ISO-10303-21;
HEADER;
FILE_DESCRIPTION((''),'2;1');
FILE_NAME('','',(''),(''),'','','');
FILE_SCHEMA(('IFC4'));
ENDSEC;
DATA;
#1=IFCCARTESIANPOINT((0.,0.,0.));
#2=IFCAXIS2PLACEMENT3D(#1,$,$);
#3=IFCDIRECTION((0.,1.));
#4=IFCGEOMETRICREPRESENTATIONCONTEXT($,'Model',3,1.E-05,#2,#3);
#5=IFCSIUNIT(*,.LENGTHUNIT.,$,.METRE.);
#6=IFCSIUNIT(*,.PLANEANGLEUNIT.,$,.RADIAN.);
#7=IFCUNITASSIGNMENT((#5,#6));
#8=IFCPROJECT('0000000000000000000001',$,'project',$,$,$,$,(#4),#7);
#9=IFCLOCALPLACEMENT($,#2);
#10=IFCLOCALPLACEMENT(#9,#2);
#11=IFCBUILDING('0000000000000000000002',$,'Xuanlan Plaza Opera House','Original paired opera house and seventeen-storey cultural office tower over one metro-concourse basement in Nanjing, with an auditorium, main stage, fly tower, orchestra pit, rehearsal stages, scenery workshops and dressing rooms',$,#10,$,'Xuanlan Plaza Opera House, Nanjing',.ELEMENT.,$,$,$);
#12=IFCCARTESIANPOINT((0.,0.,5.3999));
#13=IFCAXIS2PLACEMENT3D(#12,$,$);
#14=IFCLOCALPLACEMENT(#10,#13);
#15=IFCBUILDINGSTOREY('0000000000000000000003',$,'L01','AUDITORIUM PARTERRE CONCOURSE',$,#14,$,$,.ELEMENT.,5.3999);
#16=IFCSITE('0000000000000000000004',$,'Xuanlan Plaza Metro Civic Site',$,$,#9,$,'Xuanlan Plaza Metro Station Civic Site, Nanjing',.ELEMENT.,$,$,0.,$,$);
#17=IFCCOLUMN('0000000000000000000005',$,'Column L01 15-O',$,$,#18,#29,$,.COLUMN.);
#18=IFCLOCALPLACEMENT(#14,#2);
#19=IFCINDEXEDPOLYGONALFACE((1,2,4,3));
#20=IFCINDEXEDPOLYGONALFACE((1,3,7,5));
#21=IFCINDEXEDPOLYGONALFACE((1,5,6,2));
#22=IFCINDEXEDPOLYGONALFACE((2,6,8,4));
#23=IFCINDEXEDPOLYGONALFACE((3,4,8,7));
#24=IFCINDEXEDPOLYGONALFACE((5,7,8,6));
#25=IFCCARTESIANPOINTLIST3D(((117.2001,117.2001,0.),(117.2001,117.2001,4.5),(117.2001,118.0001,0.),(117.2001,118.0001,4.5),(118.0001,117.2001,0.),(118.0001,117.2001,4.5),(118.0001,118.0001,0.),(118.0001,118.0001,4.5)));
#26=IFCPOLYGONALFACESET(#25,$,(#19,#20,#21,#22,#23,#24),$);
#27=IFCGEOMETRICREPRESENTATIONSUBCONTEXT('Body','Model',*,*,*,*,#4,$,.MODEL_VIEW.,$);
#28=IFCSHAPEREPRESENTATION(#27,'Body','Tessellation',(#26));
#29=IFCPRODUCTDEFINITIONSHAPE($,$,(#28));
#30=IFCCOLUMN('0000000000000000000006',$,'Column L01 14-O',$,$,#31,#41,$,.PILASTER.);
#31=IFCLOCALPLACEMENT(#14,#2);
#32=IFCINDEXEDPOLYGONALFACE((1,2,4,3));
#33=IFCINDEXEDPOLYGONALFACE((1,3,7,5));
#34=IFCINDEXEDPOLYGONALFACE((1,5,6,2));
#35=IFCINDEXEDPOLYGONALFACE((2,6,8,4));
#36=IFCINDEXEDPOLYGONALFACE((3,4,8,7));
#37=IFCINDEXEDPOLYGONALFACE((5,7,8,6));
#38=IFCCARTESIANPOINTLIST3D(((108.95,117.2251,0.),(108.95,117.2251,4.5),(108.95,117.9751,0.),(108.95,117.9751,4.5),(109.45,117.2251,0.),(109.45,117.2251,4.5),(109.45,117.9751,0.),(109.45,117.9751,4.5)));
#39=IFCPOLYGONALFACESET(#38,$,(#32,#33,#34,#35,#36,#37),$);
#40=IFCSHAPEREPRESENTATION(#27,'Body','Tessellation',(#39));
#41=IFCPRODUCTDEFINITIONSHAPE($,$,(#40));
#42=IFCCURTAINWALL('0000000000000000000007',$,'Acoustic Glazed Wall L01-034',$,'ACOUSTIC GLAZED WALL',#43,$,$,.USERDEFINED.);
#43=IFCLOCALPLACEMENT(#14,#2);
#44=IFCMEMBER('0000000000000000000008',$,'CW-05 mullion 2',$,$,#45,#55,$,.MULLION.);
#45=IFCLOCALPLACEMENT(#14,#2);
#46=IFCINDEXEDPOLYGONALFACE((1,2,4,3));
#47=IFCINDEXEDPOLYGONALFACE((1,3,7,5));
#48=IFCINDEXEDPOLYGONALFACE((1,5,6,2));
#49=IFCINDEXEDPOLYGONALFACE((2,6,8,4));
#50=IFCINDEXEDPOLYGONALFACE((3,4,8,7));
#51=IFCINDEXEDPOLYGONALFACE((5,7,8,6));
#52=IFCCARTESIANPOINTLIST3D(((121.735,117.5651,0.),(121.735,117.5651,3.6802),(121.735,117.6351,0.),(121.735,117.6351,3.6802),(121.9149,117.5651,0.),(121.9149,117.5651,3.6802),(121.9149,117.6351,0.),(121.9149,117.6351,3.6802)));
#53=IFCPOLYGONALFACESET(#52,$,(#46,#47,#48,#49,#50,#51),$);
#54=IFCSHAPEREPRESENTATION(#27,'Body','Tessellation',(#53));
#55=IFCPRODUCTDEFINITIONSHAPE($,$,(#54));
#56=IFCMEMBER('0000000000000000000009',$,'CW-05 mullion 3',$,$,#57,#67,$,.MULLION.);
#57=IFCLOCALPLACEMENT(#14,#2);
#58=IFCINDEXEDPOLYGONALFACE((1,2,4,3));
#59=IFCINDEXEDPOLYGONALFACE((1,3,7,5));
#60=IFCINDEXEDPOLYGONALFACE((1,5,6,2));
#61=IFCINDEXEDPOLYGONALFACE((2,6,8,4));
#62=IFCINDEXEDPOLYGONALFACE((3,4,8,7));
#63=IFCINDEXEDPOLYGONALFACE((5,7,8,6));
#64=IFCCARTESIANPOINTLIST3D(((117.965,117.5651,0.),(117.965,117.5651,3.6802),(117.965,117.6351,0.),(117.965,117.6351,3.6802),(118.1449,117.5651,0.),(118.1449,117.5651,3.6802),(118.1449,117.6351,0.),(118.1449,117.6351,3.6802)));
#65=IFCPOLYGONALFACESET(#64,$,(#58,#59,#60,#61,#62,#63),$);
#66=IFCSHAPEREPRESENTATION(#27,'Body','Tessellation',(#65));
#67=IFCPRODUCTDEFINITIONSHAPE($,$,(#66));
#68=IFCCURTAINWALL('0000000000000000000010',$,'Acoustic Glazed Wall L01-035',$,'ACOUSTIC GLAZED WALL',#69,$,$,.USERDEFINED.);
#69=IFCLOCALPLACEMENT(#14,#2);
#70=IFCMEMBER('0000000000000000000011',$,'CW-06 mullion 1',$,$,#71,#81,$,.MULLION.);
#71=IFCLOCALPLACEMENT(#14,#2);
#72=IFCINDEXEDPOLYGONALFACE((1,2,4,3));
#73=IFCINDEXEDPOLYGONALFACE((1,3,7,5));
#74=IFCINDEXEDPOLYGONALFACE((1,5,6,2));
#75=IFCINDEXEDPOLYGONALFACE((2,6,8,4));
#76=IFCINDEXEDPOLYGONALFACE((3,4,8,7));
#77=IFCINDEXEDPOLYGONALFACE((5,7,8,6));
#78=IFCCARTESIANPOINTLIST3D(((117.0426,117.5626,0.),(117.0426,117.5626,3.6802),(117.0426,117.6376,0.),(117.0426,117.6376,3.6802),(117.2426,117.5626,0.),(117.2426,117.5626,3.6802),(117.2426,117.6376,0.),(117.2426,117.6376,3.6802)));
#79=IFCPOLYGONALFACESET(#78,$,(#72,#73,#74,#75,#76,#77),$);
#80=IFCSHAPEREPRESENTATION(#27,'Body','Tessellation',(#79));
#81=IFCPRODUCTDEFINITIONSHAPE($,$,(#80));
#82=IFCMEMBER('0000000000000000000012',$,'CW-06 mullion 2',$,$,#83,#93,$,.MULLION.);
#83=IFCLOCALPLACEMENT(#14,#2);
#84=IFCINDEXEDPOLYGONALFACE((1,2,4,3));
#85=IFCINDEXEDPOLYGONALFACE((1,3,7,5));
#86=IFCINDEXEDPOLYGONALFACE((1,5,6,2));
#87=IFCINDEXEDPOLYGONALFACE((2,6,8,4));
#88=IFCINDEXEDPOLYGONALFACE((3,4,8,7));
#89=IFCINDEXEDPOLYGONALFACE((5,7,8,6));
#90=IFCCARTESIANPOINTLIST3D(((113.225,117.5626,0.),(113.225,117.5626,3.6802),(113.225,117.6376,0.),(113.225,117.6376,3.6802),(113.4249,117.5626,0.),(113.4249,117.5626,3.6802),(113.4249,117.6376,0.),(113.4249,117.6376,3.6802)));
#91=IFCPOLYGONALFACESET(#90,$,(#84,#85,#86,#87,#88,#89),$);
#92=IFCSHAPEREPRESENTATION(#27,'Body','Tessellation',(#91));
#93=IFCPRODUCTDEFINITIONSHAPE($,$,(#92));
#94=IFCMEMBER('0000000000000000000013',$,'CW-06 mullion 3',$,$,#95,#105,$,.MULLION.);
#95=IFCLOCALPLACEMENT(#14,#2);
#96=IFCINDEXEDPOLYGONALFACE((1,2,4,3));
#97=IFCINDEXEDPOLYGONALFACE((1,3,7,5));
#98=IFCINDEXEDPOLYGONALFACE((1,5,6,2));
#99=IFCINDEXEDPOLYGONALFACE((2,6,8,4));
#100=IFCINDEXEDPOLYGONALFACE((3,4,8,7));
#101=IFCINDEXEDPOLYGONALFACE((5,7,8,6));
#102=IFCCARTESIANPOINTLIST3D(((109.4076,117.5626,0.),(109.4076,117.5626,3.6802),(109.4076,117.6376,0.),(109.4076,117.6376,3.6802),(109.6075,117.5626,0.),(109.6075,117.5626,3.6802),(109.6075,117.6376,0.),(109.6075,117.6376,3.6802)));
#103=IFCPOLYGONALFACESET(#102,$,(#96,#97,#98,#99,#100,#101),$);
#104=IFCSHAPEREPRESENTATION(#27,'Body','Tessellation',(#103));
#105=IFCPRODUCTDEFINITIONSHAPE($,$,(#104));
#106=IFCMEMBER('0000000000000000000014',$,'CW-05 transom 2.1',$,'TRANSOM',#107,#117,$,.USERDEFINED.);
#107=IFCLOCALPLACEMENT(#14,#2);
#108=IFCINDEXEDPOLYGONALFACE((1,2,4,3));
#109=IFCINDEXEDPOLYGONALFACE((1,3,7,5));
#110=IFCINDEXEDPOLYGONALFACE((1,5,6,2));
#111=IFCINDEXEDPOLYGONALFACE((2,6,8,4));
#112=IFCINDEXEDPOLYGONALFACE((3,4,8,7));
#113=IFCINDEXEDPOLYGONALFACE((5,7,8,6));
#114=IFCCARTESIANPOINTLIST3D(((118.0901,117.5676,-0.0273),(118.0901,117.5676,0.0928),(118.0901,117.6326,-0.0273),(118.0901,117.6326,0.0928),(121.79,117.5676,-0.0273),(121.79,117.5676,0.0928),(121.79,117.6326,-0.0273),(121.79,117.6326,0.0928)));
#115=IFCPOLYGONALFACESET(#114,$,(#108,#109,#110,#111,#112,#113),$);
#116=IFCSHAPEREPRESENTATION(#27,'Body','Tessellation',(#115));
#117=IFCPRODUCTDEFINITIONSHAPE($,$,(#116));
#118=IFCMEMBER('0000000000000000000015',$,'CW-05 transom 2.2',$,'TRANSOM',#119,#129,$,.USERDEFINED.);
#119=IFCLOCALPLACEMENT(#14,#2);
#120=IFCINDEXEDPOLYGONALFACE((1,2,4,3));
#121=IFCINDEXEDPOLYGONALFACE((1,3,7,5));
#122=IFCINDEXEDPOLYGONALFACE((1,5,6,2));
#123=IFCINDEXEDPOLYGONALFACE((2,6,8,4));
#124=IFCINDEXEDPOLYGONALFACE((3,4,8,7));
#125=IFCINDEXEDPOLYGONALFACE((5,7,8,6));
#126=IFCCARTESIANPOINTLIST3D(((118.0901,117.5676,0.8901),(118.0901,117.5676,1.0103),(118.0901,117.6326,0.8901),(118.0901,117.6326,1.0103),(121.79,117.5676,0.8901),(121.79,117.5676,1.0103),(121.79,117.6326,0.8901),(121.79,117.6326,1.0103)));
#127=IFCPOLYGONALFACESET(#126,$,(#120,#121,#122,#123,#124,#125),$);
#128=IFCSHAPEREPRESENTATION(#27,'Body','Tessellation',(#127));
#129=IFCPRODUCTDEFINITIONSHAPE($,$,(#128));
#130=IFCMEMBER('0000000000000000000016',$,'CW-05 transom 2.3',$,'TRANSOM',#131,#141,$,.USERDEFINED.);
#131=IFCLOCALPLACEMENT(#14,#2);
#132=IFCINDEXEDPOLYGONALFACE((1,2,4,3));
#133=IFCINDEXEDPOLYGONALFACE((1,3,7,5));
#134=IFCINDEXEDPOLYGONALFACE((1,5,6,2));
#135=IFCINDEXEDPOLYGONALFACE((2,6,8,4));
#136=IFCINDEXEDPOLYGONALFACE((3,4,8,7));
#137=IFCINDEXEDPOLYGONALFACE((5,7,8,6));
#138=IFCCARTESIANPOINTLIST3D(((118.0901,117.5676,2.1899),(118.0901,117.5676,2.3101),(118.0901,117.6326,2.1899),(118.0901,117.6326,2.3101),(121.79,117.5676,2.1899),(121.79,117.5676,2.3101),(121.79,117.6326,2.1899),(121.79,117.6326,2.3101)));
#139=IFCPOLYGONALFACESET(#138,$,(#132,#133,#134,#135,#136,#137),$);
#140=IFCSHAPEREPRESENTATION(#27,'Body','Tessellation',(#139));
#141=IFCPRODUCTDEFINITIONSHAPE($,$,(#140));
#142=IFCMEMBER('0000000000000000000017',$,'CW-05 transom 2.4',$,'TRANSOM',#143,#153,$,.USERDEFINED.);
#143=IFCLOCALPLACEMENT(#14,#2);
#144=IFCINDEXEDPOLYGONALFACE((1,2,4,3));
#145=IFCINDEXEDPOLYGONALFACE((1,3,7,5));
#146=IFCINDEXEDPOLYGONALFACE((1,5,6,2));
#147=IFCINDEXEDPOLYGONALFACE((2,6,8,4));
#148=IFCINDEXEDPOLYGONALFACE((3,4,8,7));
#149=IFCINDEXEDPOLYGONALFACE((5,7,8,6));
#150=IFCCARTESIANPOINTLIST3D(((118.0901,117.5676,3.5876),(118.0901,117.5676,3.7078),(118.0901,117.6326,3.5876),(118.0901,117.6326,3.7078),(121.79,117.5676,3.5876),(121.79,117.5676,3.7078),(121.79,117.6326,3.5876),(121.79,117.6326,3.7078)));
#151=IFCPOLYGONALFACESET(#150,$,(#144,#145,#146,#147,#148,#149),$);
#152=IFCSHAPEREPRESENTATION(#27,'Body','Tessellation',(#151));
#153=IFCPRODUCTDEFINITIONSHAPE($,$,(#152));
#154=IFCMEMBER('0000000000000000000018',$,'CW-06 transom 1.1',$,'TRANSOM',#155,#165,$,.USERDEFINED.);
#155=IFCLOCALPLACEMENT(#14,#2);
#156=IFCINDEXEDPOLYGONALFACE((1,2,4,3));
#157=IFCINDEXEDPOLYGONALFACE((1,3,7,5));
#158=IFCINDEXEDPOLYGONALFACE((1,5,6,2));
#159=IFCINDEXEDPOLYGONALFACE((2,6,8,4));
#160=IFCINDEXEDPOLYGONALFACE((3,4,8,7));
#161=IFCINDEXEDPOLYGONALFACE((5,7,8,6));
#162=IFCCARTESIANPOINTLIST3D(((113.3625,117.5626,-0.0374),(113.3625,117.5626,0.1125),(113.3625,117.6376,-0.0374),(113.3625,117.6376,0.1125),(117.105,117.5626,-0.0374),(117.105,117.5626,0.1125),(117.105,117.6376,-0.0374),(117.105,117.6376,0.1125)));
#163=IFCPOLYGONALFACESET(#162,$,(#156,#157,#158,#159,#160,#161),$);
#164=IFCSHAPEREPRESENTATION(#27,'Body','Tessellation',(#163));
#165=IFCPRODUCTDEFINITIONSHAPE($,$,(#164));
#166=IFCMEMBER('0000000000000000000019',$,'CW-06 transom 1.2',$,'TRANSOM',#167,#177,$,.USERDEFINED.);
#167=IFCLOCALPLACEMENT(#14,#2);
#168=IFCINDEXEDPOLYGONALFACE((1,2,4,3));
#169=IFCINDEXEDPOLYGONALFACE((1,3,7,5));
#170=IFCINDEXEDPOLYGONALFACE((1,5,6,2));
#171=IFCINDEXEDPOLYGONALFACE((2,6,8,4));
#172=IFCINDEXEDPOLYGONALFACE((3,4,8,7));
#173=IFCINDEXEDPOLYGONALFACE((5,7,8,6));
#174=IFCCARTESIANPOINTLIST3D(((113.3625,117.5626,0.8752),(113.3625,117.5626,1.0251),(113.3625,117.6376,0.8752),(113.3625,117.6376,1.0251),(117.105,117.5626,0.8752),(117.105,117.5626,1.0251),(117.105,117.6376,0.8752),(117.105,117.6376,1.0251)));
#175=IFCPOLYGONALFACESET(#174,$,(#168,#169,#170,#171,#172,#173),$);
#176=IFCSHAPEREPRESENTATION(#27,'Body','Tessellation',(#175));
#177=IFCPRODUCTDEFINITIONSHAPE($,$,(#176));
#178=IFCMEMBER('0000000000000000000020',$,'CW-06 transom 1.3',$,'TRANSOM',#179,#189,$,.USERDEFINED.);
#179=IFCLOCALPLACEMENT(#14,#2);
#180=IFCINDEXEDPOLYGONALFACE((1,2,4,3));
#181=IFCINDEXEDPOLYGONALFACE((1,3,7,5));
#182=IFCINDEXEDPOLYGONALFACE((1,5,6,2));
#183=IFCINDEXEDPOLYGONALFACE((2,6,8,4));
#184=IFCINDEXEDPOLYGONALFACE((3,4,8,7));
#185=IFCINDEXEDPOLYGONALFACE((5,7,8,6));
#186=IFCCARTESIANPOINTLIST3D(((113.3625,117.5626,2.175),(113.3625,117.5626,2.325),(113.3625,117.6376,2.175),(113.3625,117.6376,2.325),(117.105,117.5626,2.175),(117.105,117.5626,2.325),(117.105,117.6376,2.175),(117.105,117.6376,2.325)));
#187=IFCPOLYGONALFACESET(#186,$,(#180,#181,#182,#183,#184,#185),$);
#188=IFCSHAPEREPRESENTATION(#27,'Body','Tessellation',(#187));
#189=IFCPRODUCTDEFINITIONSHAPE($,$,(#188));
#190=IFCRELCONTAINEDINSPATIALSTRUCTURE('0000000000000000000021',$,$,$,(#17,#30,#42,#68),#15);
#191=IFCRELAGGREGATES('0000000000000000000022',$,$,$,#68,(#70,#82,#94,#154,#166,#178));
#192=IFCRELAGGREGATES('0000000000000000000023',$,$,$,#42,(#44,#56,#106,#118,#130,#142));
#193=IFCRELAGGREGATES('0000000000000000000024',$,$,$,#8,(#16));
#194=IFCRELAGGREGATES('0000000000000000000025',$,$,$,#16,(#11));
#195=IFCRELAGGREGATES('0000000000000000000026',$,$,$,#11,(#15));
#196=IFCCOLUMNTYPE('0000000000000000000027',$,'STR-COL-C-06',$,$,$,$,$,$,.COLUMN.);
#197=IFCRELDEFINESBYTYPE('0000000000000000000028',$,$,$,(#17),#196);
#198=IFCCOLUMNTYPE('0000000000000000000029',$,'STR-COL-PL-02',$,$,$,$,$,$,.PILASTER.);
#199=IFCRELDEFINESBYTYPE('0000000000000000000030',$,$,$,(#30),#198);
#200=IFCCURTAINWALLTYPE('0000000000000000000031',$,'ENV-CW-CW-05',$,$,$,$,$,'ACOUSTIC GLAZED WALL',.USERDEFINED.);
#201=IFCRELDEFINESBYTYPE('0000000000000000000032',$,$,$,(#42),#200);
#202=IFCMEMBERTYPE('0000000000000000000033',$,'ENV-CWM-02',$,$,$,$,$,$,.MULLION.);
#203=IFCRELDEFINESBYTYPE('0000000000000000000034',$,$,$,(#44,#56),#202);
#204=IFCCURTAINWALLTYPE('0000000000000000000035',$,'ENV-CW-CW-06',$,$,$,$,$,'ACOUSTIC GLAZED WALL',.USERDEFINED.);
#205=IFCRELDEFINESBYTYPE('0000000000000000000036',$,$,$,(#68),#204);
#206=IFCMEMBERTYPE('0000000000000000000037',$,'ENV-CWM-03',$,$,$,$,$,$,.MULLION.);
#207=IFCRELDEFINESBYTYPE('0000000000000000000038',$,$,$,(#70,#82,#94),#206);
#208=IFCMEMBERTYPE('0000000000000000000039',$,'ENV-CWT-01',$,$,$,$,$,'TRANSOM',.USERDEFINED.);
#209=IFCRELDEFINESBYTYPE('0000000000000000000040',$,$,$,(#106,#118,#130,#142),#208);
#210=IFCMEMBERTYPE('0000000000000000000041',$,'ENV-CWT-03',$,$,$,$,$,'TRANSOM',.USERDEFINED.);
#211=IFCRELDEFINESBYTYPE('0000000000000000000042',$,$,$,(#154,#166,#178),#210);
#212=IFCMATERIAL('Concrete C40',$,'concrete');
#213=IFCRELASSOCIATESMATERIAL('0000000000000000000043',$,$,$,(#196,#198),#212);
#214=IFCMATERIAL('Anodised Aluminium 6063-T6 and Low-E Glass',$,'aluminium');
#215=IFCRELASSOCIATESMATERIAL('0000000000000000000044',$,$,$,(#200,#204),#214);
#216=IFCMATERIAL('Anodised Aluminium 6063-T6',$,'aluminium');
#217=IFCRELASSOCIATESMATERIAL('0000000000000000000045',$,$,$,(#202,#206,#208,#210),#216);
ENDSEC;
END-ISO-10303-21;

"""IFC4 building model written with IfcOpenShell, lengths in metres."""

from ifc_helpers import new_model, si_unit, direction, frame, origin, origin_2d, place, context, subcontext, project, spatial, rectangle, extrude, material, material_profile, profile_set, type_object, element, aggregate, save


model = new_model("IFC4")

# Units and contexts
model_context = context("Model", 3, precision=1e-05, world=origin(), true_north=direction((0.0, 1.0)))
body_context = subcontext(model_context, "Body", "Model", "MODEL_VIEW")
ifc_project = project(units=[si_unit("LENGTHUNIT", "METRE"), si_unit("PLANEANGLEUNIT", "RADIAN")], contexts=[model_context])

# Site, building, storey
site_placement = place(None, origin())
site = spatial("IfcSite", under=ifc_project, at=site_placement, Name="Xuanlan Plaza Metro Civic Site", LongName="Xuanlan Plaza Metro Station Civic Site, Nanjing", CompositionType="ELEMENT", RefElevation=0.0)
building_placement = place(site_placement, origin())
building = spatial("IfcBuilding", under=site, at=building_placement, Name="Xuanlan Plaza Opera House", Description="Original paired opera house and seventeen-storey cultural office tower over one metro-concourse basement in Nanjing, with an auditorium, main stage, fly tower, orchestra pit, rehearsal stages, scenery workshops and dressing rooms", LongName="Xuanlan Plaza Opera House, Nanjing", CompositionType="ELEMENT")
storey_placement = place(building_placement, frame((0.0, 0.0, 5.3999)))
storey = spatial("IfcBuildingStorey", under=building, at=storey_placement, Name="L01", Description="AUDITORIUM PARTERRE CONCOURSE", CompositionType="ELEMENT", Elevation=5.3999)

# Columns
ifc_material_1 = material(Name="Concrete C40", Category="concrete")
ifc_material_profile_1 = material_profile(ifc_material_1, rectangle(XDim=0.8, YDim=0.8, at=origin_2d()), Name="RC-COL 800x800")
ifc_profile_set_1 = profile_set([ifc_material_profile_1], Name="Concrete C40")
column_type_1 = type_object("IfcColumnType", Name="STR-COL-C-06", PredefinedType="COLUMN", material=ifc_profile_set_1)
column_1_placement = place(storey_placement, frame((117.6001, 117.6001, 0.0), z_axis=(0.0, 0.0, 1.0), x_axis=(1.0, 0.0, 0.0)))
element("IfcColumn", 1, at=column_1_placement, inside=storey, type_object=column_type_1, Name="Column L01 15-O", PredefinedType="COLUMN", context=body_context, shape_type="SweptSolid", body=[
    extrude(rectangle(XDim=0.8, YDim=0.8, at=origin_2d()), origin(), (0.0, 0.0, 1.0), 4.5),
])
ifc_material_profile_2 = material_profile(ifc_material_1, rectangle(XDim=0.5, YDim=0.75, at=origin_2d()), Name="RC-PIL 500x750")
ifc_profile_set_2 = profile_set([ifc_material_profile_2], Name="Concrete C40")
column_type_2 = type_object("IfcColumnType", Name="STR-COL-PL-02", PredefinedType="PILASTER", material=ifc_profile_set_2)
column_2_placement = place(storey_placement, frame((109.2, 117.6001, 0.0), z_axis=(0.0, 0.0, 1.0), x_axis=(1.0, 0.0, 0.0)))
element("IfcColumn", 2, at=column_2_placement, inside=storey, type_object=column_type_2, Name="Column L01 14-O", PredefinedType="PILASTER", context=body_context, shape_type="SweptSolid", body=[
    extrude(rectangle(XDim=0.5, YDim=0.75, at=origin_2d()), origin(), (0.0, 0.0, 1.0), 4.5),
])

# Curtain walls, members
ifc_material_2 = material(Name="Anodised Aluminium 6063-T6 and Low-E Glass", Category="aluminium")
curtain_wall_type_1 = type_object("IfcCurtainWallType", Name="ENV-CW-CW-05", ElementType="ACOUSTIC GLAZED WALL", PredefinedType="USERDEFINED", material=ifc_material_2)
curtain_wall_1_placement = place(storey_placement, origin())
curtain_wall_1 = element("IfcCurtainWall", 3, at=curtain_wall_1_placement, inside=storey, type_object=curtain_wall_type_1, Name="Acoustic Glazed Wall L01-034", ObjectType="ACOUSTIC GLAZED WALL", PredefinedType="USERDEFINED")
ifc_material_3 = material(Name="Anodised Aluminium 6063-T6", Category="aluminium")
ifc_material_profile_3 = material_profile(ifc_material_3, rectangle(XDim=0.0701, YDim=0.1799, at=origin_2d()), Name="ALU-M 70x180")
ifc_profile_set_3 = profile_set([ifc_material_profile_3], Name="Anodised Aluminium 6063-T6")
member_type_1 = type_object("IfcMemberType", Name="ENV-CWM-02", PredefinedType="MULLION", material=ifc_profile_set_3)
member_1_placement = place(storey_placement, frame((121.825, 117.6001, 0.0), z_axis=(0.0, 0.0, 1.0), x_axis=(0.0, -1.0, 0.0)))
member_1 = element("IfcMember", 4, at=member_1_placement, type_object=member_type_1, Name="CW-05 mullion 2", PredefinedType="MULLION", context=body_context, shape_type="SweptSolid", body=[
    extrude(rectangle(XDim=0.0701, YDim=0.1799, at=origin_2d()), origin(), (0.0, 0.0, 1.0), 3.6802),
])
member_2_placement = place(storey_placement, frame((118.0549, 117.6001, 0.0), z_axis=(0.0, 0.0, 1.0), x_axis=(0.0, -1.0, 0.0)))
member_2 = element("IfcMember", 5, at=member_2_placement, type_object=member_type_1, Name="CW-05 mullion 3", PredefinedType="MULLION", context=body_context, shape_type="SweptSolid", body=[
    extrude(rectangle(XDim=0.0701, YDim=0.1799, at=origin_2d()), origin(), (0.0, 0.0, 1.0), 3.6802),
])
curtain_wall_type_2 = type_object("IfcCurtainWallType", Name="ENV-CW-CW-06", ElementType="ACOUSTIC GLAZED WALL", PredefinedType="USERDEFINED", material=ifc_material_2)
curtain_wall_2_placement = place(storey_placement, origin())
curtain_wall_2 = element("IfcCurtainWall", 6, at=curtain_wall_2_placement, inside=storey, type_object=curtain_wall_type_2, Name="Acoustic Glazed Wall L01-035", ObjectType="ACOUSTIC GLAZED WALL", PredefinedType="USERDEFINED")
ifc_material_profile_4 = material_profile(ifc_material_3, rectangle(XDim=0.075, YDim=0.2, at=origin_2d()), Name="ALU-M 75x200")
ifc_profile_set_4 = profile_set([ifc_material_profile_4], Name="Anodised Aluminium 6063-T6")
member_type_2 = type_object("IfcMemberType", Name="ENV-CWM-03", PredefinedType="MULLION", material=ifc_profile_set_4)
member_3_placement = place(storey_placement, frame((117.1426, 117.6001, 0.0), z_axis=(0.0, 0.0, 1.0), x_axis=(0.0, -1.0, 0.0)))
member_3 = element("IfcMember", 7, at=member_3_placement, type_object=member_type_2, Name="CW-06 mullion 1", PredefinedType="MULLION", context=body_context, shape_type="SweptSolid", body=[
    extrude(rectangle(XDim=0.075, YDim=0.2, at=origin_2d()), origin(), (0.0, 0.0, 1.0), 3.6802),
])
member_4_placement = place(storey_placement, frame((113.325, 117.6001, 0.0), z_axis=(0.0, 0.0, 1.0), x_axis=(0.0, -1.0, 0.0)))
member_4 = element("IfcMember", 8, at=member_4_placement, type_object=member_type_2, Name="CW-06 mullion 2", PredefinedType="MULLION", context=body_context, shape_type="SweptSolid", body=[
    extrude(rectangle(XDim=0.075, YDim=0.2, at=origin_2d()), origin(), (0.0, 0.0, 1.0), 3.6802),
])
member_5_placement = place(storey_placement, frame((109.5076, 117.6001, 0.0), z_axis=(0.0, 0.0, 1.0), x_axis=(0.0, -1.0, 0.0)))
member_5 = element("IfcMember", 9, at=member_5_placement, type_object=member_type_2, Name="CW-06 mullion 3", PredefinedType="MULLION", context=body_context, shape_type="SweptSolid", body=[
    extrude(rectangle(XDim=0.075, YDim=0.2, at=origin_2d()), origin(), (0.0, 0.0, 1.0), 3.6802),
])

# Members
ifc_material_profile_5 = material_profile(ifc_material_3, rectangle(XDim=0.0649, YDim=0.1201, at=origin_2d()), Name="ALU-T 65x120")
ifc_profile_set_5 = profile_set([ifc_material_profile_5], Name="Anodised Aluminium 6063-T6")
member_type_3 = type_object("IfcMemberType", Name="ENV-CWT-01", ElementType="TRANSOM", PredefinedType="USERDEFINED", material=ifc_profile_set_5)
member_6_placement = place(storey_placement, frame((121.79, 117.6001, 0.0327), z_axis=(-1.0, 0.0, 0.0), x_axis=(0.0, -1.0, 0.0)))
member_6 = element("IfcMember", 10, at=member_6_placement, type_object=member_type_3, Name="CW-05 transom 2.1", ObjectType="TRANSOM", PredefinedType="USERDEFINED", context=body_context, shape_type="SweptSolid", body=[
    extrude(rectangle(XDim=0.0649, YDim=0.1201, at=origin_2d()), origin(), (0.0, 0.0, 1.0), 3.7),
])
member_7_placement = place(storey_placement, frame((121.79, 117.6001, 0.9502), z_axis=(-1.0, 0.0, 0.0), x_axis=(0.0, -1.0, 0.0)))
member_7 = element("IfcMember", 11, at=member_7_placement, type_object=member_type_3, Name="CW-05 transom 2.2", ObjectType="TRANSOM", PredefinedType="USERDEFINED", context=body_context, shape_type="SweptSolid", body=[
    extrude(rectangle(XDim=0.0649, YDim=0.1201, at=origin_2d()), origin(), (0.0, 0.0, 1.0), 3.7),
])
member_8_placement = place(storey_placement, frame((121.79, 117.6001, 2.25), z_axis=(-1.0, 0.0, 0.0), x_axis=(0.0, -1.0, 0.0)))
member_8 = element("IfcMember", 12, at=member_8_placement, type_object=member_type_3, Name="CW-05 transom 2.3", ObjectType="TRANSOM", PredefinedType="USERDEFINED", context=body_context, shape_type="SweptSolid", body=[
    extrude(rectangle(XDim=0.0649, YDim=0.1201, at=origin_2d()), origin(), (0.0, 0.0, 1.0), 3.7),
])
member_9_placement = place(storey_placement, frame((121.79, 117.6001, 3.6477), z_axis=(-1.0, 0.0, 0.0), x_axis=(0.0, -1.0, 0.0)))
member_9 = element("IfcMember", 13, at=member_9_placement, type_object=member_type_3, Name="CW-05 transom 2.4", ObjectType="TRANSOM", PredefinedType="USERDEFINED", context=body_context, shape_type="SweptSolid", body=[
    extrude(rectangle(XDim=0.0649, YDim=0.1201, at=origin_2d()), origin(), (0.0, 0.0, 1.0), 3.7),
])
ifc_material_profile_6 = material_profile(ifc_material_3, rectangle(XDim=0.075, YDim=0.1499, at=origin_2d()), Name="ALU-T 75x150")
ifc_profile_set_6 = profile_set([ifc_material_profile_6], Name="Anodised Aluminium 6063-T6")
member_type_4 = type_object("IfcMemberType", Name="ENV-CWT-03", ElementType="TRANSOM", PredefinedType="USERDEFINED", material=ifc_profile_set_6)
member_10_placement = place(storey_placement, frame((117.105, 117.6001, 0.0376), z_axis=(-1.0, 0.0, 0.0), x_axis=(0.0, -1.0, 0.0)))
member_10 = element("IfcMember", 14, at=member_10_placement, type_object=member_type_4, Name="CW-06 transom 1.1", ObjectType="TRANSOM", PredefinedType="USERDEFINED", context=body_context, shape_type="SweptSolid", body=[
    extrude(rectangle(XDim=0.075, YDim=0.1499, at=origin_2d()), origin(), (0.0, 0.0, 1.0), 3.7424),
])
member_11_placement = place(storey_placement, frame((117.105, 117.6001, 0.9502), z_axis=(-1.0, 0.0, 0.0), x_axis=(0.0, -1.0, 0.0)))
member_11 = element("IfcMember", 15, at=member_11_placement, type_object=member_type_4, Name="CW-06 transom 1.2", ObjectType="TRANSOM", PredefinedType="USERDEFINED", context=body_context, shape_type="SweptSolid", body=[
    extrude(rectangle(XDim=0.075, YDim=0.1499, at=origin_2d()), origin(), (0.0, 0.0, 1.0), 3.7424),
])
member_12_placement = place(storey_placement, frame((117.105, 117.6001, 2.25), z_axis=(-1.0, 0.0, 0.0), x_axis=(0.0, -1.0, 0.0)))
member_12 = element("IfcMember", 16, at=member_12_placement, type_object=member_type_4, Name="CW-06 transom 1.3", ObjectType="TRANSOM", PredefinedType="USERDEFINED", context=body_context, shape_type="SweptSolid", body=[
    extrude(rectangle(XDim=0.075, YDim=0.1499, at=origin_2d()), origin(), (0.0, 0.0, 1.0), 3.7424),
])

aggregate(curtain_wall_2, [member_3, member_4, member_5, member_10, member_11, member_12])
aggregate(curtain_wall_1, [member_1, member_2, member_6, member_7, member_8, member_9])

save(model, "model.ifc")
